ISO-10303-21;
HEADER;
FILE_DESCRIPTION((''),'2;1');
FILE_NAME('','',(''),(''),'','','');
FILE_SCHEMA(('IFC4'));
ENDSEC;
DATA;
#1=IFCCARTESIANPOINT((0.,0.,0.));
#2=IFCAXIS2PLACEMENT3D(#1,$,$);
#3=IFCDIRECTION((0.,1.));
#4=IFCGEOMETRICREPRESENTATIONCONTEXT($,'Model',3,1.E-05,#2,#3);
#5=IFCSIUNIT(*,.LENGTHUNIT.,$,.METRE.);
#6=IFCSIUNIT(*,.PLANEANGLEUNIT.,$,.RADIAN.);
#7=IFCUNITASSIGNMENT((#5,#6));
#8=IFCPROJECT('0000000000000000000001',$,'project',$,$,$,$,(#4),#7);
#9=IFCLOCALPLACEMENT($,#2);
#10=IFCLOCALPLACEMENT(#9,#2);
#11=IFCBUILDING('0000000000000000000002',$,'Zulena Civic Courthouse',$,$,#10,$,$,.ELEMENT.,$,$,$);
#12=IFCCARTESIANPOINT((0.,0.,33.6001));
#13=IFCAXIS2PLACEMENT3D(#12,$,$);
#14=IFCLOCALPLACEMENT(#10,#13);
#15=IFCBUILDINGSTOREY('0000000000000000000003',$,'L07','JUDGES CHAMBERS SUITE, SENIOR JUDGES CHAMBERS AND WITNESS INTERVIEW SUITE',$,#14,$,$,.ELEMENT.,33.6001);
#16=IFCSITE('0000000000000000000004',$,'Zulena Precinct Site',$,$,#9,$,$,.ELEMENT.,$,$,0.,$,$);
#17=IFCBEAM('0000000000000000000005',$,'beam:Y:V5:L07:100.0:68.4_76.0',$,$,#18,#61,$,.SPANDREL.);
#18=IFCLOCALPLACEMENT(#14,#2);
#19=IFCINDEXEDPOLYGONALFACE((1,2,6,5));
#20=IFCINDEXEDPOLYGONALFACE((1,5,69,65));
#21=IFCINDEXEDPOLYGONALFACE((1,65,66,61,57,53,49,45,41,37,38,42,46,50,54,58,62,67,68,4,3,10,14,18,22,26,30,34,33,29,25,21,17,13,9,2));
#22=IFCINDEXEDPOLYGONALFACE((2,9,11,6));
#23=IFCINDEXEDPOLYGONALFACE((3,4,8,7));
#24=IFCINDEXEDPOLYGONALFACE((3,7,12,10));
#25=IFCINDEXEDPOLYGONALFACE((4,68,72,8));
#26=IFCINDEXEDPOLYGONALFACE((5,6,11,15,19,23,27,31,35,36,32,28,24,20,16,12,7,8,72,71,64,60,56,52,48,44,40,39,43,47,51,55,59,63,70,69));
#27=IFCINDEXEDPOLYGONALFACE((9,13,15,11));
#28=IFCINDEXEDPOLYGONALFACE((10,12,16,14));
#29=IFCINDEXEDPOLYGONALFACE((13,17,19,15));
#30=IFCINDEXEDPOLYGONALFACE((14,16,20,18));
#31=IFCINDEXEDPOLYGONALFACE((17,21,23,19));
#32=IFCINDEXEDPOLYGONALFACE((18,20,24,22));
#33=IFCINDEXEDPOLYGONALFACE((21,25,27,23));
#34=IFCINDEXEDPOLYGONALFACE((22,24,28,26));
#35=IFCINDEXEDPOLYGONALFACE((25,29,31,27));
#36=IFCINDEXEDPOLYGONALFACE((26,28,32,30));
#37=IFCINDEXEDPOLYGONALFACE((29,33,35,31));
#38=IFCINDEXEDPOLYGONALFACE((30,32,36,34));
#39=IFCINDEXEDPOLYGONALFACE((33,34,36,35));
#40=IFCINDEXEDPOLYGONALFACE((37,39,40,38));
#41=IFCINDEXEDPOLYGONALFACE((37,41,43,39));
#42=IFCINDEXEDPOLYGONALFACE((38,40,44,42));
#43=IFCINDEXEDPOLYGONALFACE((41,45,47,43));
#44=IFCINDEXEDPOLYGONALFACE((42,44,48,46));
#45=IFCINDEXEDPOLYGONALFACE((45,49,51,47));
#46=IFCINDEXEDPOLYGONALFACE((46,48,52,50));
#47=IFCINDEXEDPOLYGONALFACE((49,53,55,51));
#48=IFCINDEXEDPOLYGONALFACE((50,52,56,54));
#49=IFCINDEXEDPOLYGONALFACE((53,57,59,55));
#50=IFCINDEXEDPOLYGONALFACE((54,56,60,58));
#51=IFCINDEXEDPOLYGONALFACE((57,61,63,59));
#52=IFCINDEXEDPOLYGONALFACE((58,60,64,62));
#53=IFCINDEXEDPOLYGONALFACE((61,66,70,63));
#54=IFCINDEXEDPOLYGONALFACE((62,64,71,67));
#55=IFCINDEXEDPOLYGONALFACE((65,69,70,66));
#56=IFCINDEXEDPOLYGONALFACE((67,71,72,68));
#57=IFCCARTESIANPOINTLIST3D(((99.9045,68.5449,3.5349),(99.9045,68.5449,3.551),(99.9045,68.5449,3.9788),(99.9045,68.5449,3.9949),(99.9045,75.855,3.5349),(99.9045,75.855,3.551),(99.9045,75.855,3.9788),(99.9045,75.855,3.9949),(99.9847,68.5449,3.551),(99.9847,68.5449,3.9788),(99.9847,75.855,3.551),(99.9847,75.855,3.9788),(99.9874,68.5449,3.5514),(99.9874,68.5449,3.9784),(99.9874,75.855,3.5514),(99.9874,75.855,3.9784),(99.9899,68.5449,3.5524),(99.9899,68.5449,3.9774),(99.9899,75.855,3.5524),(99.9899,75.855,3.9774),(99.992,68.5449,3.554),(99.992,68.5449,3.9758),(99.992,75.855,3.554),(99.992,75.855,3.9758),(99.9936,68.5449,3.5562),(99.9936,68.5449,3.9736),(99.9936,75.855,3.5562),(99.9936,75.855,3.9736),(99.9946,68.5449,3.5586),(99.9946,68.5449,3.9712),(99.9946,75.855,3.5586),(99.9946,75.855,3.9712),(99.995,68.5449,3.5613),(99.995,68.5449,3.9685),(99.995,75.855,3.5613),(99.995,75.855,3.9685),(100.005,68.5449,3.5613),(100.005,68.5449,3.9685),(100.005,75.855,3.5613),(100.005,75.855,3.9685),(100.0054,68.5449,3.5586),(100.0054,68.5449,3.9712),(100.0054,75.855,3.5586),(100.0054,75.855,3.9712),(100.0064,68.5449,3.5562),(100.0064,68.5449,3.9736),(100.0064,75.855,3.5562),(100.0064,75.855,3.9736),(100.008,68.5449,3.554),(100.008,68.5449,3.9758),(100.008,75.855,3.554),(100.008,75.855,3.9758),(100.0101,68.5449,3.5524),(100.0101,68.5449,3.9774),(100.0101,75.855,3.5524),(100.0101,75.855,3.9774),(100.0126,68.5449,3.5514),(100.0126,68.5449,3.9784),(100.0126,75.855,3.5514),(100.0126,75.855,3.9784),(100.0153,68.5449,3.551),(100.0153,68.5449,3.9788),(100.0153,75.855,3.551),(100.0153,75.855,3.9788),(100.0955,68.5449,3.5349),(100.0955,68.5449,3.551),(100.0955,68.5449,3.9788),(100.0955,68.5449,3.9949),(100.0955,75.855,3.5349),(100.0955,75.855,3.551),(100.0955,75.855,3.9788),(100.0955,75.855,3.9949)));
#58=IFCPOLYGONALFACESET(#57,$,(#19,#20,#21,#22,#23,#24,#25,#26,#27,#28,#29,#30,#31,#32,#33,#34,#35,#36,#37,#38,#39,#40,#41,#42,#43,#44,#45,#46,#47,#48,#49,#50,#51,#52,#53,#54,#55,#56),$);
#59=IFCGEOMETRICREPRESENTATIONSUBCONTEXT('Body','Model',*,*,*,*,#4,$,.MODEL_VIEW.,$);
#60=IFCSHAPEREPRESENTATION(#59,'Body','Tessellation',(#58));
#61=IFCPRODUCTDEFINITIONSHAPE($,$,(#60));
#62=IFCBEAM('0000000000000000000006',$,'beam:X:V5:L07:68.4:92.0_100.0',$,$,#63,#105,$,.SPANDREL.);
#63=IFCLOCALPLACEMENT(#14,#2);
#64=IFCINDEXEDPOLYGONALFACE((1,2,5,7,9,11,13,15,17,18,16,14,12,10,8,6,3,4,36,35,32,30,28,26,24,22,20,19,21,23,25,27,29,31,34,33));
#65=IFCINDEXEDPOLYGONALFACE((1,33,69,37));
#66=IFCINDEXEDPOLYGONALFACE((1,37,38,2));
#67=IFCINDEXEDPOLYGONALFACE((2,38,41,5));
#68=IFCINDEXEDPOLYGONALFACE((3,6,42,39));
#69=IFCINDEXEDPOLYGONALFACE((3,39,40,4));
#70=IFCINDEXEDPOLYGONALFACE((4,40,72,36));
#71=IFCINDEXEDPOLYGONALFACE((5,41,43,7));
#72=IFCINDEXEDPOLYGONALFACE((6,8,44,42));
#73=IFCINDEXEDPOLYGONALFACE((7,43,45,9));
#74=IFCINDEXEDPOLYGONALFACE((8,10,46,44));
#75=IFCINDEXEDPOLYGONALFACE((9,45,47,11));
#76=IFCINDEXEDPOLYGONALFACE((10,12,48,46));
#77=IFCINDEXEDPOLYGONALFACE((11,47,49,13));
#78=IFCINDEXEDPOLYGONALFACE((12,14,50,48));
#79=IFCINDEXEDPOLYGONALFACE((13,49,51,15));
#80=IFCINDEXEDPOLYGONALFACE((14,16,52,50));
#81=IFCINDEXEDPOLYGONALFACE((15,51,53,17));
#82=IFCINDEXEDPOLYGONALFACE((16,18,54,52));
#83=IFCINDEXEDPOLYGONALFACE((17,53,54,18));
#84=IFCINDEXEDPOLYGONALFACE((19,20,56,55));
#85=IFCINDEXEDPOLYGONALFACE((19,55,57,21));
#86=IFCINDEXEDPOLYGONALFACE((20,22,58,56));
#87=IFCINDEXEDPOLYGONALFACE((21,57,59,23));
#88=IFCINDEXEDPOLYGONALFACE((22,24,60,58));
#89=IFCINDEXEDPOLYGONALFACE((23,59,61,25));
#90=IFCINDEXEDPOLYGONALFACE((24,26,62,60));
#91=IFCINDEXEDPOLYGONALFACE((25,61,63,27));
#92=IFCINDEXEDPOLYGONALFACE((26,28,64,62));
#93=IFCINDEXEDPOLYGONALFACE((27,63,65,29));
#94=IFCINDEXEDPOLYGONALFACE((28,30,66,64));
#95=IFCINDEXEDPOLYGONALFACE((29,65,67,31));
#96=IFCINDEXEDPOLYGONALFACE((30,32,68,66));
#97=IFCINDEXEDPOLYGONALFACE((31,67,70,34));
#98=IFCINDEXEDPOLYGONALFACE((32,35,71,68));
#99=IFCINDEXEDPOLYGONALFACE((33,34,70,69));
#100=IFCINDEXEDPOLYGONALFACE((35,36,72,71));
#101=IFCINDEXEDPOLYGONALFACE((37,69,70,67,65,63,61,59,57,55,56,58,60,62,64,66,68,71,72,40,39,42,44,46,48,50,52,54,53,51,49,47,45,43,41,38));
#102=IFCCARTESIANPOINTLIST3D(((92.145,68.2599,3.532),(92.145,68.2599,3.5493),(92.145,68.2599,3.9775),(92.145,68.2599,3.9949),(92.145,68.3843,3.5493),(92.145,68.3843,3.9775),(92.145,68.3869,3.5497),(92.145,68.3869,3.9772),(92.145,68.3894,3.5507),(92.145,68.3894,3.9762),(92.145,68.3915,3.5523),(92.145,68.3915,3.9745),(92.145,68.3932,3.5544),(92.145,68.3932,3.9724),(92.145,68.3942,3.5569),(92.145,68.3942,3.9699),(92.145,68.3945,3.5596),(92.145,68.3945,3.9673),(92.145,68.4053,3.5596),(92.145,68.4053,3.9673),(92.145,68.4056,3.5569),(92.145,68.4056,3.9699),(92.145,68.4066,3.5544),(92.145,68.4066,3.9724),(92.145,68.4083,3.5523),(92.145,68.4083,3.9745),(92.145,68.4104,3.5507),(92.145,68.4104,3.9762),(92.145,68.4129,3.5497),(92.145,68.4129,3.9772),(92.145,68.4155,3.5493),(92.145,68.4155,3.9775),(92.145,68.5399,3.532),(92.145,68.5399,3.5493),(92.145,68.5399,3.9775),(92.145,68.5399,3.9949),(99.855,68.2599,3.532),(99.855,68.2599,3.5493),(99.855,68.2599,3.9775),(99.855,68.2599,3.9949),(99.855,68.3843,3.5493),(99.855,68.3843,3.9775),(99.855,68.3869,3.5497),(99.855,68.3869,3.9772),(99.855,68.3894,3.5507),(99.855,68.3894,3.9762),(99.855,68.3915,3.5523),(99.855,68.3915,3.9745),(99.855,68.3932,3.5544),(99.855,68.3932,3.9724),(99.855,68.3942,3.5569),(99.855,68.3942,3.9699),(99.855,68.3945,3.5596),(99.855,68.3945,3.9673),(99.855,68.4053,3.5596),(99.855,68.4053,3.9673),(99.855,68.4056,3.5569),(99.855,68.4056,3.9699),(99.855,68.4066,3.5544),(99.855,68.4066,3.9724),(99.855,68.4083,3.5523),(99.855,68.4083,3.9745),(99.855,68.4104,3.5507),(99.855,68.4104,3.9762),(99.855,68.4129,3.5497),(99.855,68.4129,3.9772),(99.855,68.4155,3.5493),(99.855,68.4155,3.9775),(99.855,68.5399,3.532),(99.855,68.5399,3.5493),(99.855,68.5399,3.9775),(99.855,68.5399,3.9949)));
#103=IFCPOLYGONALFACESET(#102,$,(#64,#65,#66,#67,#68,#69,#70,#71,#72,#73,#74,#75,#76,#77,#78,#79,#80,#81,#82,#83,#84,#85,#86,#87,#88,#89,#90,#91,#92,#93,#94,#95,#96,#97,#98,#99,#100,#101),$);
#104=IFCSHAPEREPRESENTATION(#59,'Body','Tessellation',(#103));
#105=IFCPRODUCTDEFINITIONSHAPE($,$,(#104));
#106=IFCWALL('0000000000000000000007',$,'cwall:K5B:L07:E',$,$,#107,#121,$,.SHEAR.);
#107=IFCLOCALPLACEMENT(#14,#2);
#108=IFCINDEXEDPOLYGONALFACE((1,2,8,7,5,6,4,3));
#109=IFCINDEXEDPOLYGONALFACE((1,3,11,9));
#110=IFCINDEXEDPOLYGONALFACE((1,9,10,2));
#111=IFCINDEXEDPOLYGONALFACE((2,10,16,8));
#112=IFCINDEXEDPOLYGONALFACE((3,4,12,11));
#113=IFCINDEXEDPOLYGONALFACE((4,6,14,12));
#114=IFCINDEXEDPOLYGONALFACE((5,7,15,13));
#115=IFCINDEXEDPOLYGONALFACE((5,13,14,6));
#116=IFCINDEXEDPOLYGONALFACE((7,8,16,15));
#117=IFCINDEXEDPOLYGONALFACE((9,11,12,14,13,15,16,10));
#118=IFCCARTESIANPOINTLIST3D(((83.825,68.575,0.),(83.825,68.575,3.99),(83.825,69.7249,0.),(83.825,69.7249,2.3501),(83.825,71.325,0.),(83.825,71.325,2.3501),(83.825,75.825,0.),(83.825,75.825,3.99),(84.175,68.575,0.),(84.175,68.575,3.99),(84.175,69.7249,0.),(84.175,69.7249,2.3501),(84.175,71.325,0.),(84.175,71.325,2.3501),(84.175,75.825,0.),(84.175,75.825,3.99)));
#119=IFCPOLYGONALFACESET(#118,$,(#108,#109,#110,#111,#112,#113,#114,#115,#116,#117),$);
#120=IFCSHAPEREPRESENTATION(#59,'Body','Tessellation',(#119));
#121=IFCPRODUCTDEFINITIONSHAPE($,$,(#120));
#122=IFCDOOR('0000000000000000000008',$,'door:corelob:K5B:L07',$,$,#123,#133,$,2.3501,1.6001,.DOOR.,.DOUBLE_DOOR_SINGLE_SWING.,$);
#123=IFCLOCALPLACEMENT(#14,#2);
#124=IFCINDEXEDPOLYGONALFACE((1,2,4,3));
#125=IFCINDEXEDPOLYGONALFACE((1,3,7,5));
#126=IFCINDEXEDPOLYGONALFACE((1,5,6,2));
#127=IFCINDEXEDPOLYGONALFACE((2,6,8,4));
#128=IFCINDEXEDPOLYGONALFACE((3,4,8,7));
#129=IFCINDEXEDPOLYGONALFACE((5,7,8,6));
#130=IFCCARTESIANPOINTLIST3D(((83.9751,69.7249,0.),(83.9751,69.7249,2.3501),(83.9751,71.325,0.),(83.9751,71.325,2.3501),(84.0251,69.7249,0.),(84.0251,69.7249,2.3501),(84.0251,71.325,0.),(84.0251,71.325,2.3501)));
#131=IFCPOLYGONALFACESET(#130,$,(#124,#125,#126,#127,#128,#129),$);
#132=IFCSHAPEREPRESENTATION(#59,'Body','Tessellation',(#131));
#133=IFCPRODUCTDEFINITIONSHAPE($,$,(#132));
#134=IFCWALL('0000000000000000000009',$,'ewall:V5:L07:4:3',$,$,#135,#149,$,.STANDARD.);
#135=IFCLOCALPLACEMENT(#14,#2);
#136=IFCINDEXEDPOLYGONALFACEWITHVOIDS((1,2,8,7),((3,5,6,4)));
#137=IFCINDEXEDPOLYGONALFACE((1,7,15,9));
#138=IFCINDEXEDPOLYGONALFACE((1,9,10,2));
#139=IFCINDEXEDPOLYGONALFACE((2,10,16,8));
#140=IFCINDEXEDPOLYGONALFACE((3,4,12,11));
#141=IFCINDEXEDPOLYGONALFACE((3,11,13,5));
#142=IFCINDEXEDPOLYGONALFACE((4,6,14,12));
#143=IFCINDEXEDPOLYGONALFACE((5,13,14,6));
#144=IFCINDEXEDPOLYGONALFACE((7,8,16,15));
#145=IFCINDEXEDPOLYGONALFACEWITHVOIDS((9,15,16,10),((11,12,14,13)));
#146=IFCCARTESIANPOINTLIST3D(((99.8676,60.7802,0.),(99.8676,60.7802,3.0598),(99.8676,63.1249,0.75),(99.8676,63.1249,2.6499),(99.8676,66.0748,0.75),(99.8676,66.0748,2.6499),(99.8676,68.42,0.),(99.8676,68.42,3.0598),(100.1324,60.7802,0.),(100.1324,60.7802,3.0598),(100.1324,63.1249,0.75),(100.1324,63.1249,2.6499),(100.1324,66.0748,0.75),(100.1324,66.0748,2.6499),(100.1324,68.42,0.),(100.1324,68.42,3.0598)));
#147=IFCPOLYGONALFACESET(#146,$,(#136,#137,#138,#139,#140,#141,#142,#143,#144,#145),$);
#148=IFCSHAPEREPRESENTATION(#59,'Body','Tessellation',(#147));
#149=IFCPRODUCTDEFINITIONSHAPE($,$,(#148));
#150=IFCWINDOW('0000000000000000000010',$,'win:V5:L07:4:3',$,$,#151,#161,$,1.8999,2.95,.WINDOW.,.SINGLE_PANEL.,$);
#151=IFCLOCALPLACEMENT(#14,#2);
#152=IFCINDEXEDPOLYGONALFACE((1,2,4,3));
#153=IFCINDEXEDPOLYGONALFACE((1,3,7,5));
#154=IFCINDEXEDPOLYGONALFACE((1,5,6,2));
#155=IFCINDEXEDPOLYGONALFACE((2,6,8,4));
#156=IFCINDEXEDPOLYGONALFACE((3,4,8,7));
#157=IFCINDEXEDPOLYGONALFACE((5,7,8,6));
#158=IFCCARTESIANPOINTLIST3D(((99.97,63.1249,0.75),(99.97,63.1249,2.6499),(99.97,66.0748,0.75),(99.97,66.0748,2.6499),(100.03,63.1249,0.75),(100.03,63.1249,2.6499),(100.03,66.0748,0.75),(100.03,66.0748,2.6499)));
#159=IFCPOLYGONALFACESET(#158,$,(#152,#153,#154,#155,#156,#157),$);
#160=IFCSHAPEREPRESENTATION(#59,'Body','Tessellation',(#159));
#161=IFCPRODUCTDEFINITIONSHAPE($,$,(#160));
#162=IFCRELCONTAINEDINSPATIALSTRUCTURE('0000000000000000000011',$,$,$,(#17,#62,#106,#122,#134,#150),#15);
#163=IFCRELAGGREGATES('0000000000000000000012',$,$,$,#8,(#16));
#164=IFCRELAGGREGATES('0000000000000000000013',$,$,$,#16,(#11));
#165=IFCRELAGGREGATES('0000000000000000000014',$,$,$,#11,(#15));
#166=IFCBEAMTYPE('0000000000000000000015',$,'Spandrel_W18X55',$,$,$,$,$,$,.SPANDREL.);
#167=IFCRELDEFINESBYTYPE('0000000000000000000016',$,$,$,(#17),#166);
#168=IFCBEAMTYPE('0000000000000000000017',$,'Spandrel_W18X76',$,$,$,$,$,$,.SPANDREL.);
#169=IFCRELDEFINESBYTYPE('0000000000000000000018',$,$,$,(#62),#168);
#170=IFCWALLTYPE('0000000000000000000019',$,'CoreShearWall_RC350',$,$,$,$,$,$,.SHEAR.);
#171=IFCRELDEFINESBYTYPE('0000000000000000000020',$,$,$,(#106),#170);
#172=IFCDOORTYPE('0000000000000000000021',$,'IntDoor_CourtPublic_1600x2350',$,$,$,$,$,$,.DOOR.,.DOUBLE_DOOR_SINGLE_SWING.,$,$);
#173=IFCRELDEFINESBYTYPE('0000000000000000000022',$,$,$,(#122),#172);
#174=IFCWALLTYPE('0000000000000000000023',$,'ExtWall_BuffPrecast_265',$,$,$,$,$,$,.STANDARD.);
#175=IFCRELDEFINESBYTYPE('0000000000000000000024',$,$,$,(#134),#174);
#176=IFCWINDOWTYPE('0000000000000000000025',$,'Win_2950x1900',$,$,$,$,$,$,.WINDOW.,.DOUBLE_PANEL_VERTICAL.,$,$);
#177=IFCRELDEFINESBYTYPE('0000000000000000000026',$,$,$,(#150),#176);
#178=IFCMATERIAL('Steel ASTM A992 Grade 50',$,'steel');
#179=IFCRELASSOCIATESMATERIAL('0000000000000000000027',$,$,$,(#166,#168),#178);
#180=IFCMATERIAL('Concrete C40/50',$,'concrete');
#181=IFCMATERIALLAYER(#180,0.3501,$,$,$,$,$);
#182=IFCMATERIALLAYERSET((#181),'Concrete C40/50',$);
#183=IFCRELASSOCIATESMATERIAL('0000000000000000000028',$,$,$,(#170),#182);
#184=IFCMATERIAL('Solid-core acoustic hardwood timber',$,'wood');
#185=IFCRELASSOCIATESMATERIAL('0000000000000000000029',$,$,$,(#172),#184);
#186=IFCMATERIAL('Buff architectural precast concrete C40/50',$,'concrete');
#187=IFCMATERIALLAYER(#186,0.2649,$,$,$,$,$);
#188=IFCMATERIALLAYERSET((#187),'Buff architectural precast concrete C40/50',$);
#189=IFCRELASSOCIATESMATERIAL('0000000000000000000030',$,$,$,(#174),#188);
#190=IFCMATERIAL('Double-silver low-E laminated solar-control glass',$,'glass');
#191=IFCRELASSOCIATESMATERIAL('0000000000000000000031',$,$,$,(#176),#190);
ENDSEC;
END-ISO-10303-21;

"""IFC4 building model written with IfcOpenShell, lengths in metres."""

from ifc_helpers import new_model, si_unit, direction, frame, frame_2d, origin, origin_2d, place, context, subcontext, project, spatial, rectangle, i_section, extrude, material, layer, layer_set, material_profile, profile_set, type_object, element, fill, save


model = new_model("IFC4")

# Units and contexts
model_context = context("Model", 3, precision=1e-05, world=origin(), true_north=direction((0.0, 1.0)))
body_context = subcontext(model_context, "Body", "Model", "MODEL_VIEW")
ifc_project = project(units=[si_unit("LENGTHUNIT", "METRE"), si_unit("PLANEANGLEUNIT", "RADIAN")], contexts=[model_context])

# Site, building, storey
site_placement = place(None, origin())
site = spatial("IfcSite", under=ifc_project, at=site_placement, Name="Zulena Precinct Site", CompositionType="ELEMENT", RefElevation=0.0)
building_placement = place(site_placement, origin())
building = spatial("IfcBuilding", under=site, at=building_placement, Name="Zulena Civic Courthouse", CompositionType="ELEMENT")
storey_placement = place(building_placement, frame((0.0, 0.0, 33.6001)))
storey = spatial("IfcBuildingStorey", under=building, at=storey_placement, Name="L07", Description="JUDGES CHAMBERS SUITE, SENIOR JUDGES CHAMBERS AND WITNESS INTERVIEW SUITE", CompositionType="ELEMENT", Elevation=33.6001)

# Shared definitions
ifc_material_1 = material(Name="Steel ASTM A992 Grade 50", Category="steel")

# Beams
ifc_material_profile_1 = material_profile(ifc_material_1, i_section(OverallWidth=0.1909, OverallDepth=0.46, WebThickness=0.01, FlangeThickness=0.0161, FilletRadius=0.0103, at=origin_2d()), Name="W18X55")
ifc_profile_set_1 = profile_set([ifc_material_profile_1], Name="Steel ASTM A992 Grade 50")
beam_type_1 = type_object("IfcBeamType", Name="Spandrel_W18X55", PredefinedType="SPANDREL", material=ifc_profile_set_1)
beam_1_placement = place(storey_placement, frame((100.0, 68.5449, 3.7649), z_axis=(0.0, 1.0, 0.0), x_axis=(-1.0, 0.0, 0.0)))
element("IfcBeam", 1, at=beam_1_placement, inside=storey, type_object=beam_type_1, Name="beam:Y:V5:L07:100.0:68.4_76.0", PredefinedType="SPANDREL", context=body_context, shape_type="SweptSolid", body=[
    extrude(i_section(OverallWidth=0.1909, OverallDepth=0.46, WebThickness=0.01, FlangeThickness=0.0161, FilletRadius=0.0103, at=origin_2d()), origin(), (0.0, 0.0, 1.0), 7.3101),
])
ifc_material_profile_2 = material_profile(ifc_material_1, i_section(OverallWidth=0.28, OverallDepth=0.4629, WebThickness=0.0107, FlangeThickness=0.0173, FilletRadius=0.0103, at=origin_2d()), Name="W18X76")
ifc_profile_set_2 = profile_set([ifc_material_profile_2], Name="Steel ASTM A992 Grade 50")
beam_type_2 = type_object("IfcBeamType", Name="Spandrel_W18X76", PredefinedType="SPANDREL", material=ifc_profile_set_2)
beam_2_placement = place(storey_placement, frame((92.145, 68.3999, 3.7634), z_axis=(1.0, 0.0, 0.0), x_axis=(0.0, 1.0, 0.0)))
element("IfcBeam", 2, at=beam_2_placement, inside=storey, type_object=beam_type_2, Name="beam:X:V5:L07:68.4:92.0_100.0", PredefinedType="SPANDREL", context=body_context, shape_type="SweptSolid", body=[
    extrude(i_section(OverallWidth=0.28, OverallDepth=0.4629, WebThickness=0.0107, FlangeThickness=0.0173, FilletRadius=0.0103, at=origin_2d()), origin(), (0.0, 0.0, 1.0), 7.71),
])

# Wall, opening, door
ifc_material_2 = material(Name="Concrete C40/50", Category="concrete")
ifc_layer_1 = layer(ifc_material_2, 0.3501)
ifc_layer_set_1 = layer_set([ifc_layer_1], Name="Concrete C40/50")
wall_type_1 = type_object("IfcWallType", Name="CoreShearWall_RC350", PredefinedType="SHEAR", material=ifc_layer_set_1)
wall_1_placement = place(storey_placement, frame((84.0, 68.575, 0.0), z_axis=(0.0, 0.0, 1.0), x_axis=(0.0, 1.0, 0.0)))
wall_1 = element("IfcWall", 3, at=wall_1_placement, inside=storey, type_object=wall_type_1, Name="cwall:K5B:L07:E", PredefinedType="SHEAR", context=body_context, shape_type="SweptSolid", body=[
    extrude(rectangle(XDim=7.25, YDim=0.3501, at=frame_2d((3.625, 0.0))), origin(), (0.0, 0.0, 1.0), 3.99),
])
opening_1_placement = place(wall_1_placement, frame((1.1499, 0.0, 0.0)))
opening_1 = element("IfcOpeningElement", 4, at=opening_1_placement, cuts=wall_1, PredefinedType="OPENING", context=body_context, shape_type="SweptSolid", body=[
    extrude(rectangle(XDim=1.6001, YDim=2.3501, at=frame_2d((0.8, 1.175))), frame((0.0, 0.1851, 0.0), z_axis=(0.0, -1.0, 0.0), x_axis=(1.0, 0.0, 0.0)), (0.0, 0.0, 1.0), 0.3701),
])
ifc_material_3 = material(Name="Solid-core acoustic hardwood timber", Category="wood")
door_type = type_object("IfcDoorType", Name="IntDoor_CourtPublic_1600x2350", OperationType="DOUBLE_DOOR_SINGLE_SWING", PredefinedType="DOOR", material=ifc_material_3)
door_placement = place(opening_1_placement, origin())
door = element("IfcDoor", 5, at=door_placement, inside=storey, type_object=door_type, Name="door:corelob:K5B:L07", OperationType="DOUBLE_DOOR_SINGLE_SWING", OverallHeight=2.3501, OverallWidth=1.6001, PredefinedType="DOOR", context=body_context, shape_type="SweptSolid", body=[
    extrude(rectangle(XDim=1.6001, YDim=2.3501, at=frame_2d((0.8, 1.175))), frame((0.0, 0.0249, 0.0), z_axis=(0.0, -1.0, 0.0), x_axis=(1.0, 0.0, 0.0)), (0.0, 0.0, 1.0), 0.05),
])
fill(opening_1, door)

# Wall, opening, window
ifc_material_4 = material(Name="Buff architectural precast concrete C40/50", Category="concrete")
ifc_layer_2 = layer(ifc_material_4, 0.2649)
ifc_layer_set_2 = layer_set([ifc_layer_2], Name="Buff architectural precast concrete C40/50")
wall_type_2 = type_object("IfcWallType", Name="ExtWall_BuffPrecast_265", PredefinedType="STANDARD", material=ifc_layer_set_2)
wall_2_placement = place(storey_placement, frame((100.0, 68.4199, 0.0), z_axis=(0.0, 0.0, 1.0), x_axis=(0.0, -1.0, 0.0)))
wall_2 = element("IfcWall", 6, at=wall_2_placement, inside=storey, type_object=wall_type_2, Name="ewall:V5:L07:4:3", PredefinedType="STANDARD", context=body_context, shape_type="SweptSolid", body=[
    extrude(rectangle(XDim=7.6399, YDim=0.2649, at=frame_2d((3.8198, 0.0))), origin(), (0.0, 0.0, 1.0), 3.0598),
])
opening_2_placement = place(wall_2_placement, frame((2.345, 0.0, 0.75)))
opening_2 = element("IfcOpeningElement", 7, at=opening_2_placement, cuts=wall_2, PredefinedType="OPENING", context=body_context, shape_type="SweptSolid", body=[
    extrude(rectangle(XDim=2.95, YDim=1.8999, at=frame_2d((1.4751, 0.95))), frame((0.0, 0.1423, 0.0), z_axis=(0.0, -1.0, 0.0), x_axis=(1.0, 0.0, 0.0)), (0.0, 0.0, 1.0), 0.2849),
])
ifc_material_5 = material(Name="Double-silver low-E laminated solar-control glass", Category="glass")
window_type_1 = type_object("IfcWindowType", Name="Win_2950x1900", PartitioningType="DOUBLE_PANEL_VERTICAL", PredefinedType="WINDOW", material=ifc_material_5)
window_1_placement = place(opening_2_placement, origin())
window_1 = element("IfcWindow", 8, at=window_1_placement, inside=storey, type_object=window_type_1, Name="win:V5:L07:4:3", OverallHeight=1.8999, OverallWidth=2.95, PartitioningType="SINGLE_PANEL", PredefinedType="WINDOW", context=body_context, shape_type="SweptSolid", body=[
    extrude(rectangle(XDim=2.95, YDim=1.8999, at=frame_2d((1.4751, 0.95))), frame((0.0, 0.03, 0.0), z_axis=(0.0, -1.0, 0.0), x_axis=(1.0, 0.0, 0.0)), (0.0, 0.0, 1.0), 0.0601),
])
fill(opening_2, window_1)

save(model, "model.ifc")
